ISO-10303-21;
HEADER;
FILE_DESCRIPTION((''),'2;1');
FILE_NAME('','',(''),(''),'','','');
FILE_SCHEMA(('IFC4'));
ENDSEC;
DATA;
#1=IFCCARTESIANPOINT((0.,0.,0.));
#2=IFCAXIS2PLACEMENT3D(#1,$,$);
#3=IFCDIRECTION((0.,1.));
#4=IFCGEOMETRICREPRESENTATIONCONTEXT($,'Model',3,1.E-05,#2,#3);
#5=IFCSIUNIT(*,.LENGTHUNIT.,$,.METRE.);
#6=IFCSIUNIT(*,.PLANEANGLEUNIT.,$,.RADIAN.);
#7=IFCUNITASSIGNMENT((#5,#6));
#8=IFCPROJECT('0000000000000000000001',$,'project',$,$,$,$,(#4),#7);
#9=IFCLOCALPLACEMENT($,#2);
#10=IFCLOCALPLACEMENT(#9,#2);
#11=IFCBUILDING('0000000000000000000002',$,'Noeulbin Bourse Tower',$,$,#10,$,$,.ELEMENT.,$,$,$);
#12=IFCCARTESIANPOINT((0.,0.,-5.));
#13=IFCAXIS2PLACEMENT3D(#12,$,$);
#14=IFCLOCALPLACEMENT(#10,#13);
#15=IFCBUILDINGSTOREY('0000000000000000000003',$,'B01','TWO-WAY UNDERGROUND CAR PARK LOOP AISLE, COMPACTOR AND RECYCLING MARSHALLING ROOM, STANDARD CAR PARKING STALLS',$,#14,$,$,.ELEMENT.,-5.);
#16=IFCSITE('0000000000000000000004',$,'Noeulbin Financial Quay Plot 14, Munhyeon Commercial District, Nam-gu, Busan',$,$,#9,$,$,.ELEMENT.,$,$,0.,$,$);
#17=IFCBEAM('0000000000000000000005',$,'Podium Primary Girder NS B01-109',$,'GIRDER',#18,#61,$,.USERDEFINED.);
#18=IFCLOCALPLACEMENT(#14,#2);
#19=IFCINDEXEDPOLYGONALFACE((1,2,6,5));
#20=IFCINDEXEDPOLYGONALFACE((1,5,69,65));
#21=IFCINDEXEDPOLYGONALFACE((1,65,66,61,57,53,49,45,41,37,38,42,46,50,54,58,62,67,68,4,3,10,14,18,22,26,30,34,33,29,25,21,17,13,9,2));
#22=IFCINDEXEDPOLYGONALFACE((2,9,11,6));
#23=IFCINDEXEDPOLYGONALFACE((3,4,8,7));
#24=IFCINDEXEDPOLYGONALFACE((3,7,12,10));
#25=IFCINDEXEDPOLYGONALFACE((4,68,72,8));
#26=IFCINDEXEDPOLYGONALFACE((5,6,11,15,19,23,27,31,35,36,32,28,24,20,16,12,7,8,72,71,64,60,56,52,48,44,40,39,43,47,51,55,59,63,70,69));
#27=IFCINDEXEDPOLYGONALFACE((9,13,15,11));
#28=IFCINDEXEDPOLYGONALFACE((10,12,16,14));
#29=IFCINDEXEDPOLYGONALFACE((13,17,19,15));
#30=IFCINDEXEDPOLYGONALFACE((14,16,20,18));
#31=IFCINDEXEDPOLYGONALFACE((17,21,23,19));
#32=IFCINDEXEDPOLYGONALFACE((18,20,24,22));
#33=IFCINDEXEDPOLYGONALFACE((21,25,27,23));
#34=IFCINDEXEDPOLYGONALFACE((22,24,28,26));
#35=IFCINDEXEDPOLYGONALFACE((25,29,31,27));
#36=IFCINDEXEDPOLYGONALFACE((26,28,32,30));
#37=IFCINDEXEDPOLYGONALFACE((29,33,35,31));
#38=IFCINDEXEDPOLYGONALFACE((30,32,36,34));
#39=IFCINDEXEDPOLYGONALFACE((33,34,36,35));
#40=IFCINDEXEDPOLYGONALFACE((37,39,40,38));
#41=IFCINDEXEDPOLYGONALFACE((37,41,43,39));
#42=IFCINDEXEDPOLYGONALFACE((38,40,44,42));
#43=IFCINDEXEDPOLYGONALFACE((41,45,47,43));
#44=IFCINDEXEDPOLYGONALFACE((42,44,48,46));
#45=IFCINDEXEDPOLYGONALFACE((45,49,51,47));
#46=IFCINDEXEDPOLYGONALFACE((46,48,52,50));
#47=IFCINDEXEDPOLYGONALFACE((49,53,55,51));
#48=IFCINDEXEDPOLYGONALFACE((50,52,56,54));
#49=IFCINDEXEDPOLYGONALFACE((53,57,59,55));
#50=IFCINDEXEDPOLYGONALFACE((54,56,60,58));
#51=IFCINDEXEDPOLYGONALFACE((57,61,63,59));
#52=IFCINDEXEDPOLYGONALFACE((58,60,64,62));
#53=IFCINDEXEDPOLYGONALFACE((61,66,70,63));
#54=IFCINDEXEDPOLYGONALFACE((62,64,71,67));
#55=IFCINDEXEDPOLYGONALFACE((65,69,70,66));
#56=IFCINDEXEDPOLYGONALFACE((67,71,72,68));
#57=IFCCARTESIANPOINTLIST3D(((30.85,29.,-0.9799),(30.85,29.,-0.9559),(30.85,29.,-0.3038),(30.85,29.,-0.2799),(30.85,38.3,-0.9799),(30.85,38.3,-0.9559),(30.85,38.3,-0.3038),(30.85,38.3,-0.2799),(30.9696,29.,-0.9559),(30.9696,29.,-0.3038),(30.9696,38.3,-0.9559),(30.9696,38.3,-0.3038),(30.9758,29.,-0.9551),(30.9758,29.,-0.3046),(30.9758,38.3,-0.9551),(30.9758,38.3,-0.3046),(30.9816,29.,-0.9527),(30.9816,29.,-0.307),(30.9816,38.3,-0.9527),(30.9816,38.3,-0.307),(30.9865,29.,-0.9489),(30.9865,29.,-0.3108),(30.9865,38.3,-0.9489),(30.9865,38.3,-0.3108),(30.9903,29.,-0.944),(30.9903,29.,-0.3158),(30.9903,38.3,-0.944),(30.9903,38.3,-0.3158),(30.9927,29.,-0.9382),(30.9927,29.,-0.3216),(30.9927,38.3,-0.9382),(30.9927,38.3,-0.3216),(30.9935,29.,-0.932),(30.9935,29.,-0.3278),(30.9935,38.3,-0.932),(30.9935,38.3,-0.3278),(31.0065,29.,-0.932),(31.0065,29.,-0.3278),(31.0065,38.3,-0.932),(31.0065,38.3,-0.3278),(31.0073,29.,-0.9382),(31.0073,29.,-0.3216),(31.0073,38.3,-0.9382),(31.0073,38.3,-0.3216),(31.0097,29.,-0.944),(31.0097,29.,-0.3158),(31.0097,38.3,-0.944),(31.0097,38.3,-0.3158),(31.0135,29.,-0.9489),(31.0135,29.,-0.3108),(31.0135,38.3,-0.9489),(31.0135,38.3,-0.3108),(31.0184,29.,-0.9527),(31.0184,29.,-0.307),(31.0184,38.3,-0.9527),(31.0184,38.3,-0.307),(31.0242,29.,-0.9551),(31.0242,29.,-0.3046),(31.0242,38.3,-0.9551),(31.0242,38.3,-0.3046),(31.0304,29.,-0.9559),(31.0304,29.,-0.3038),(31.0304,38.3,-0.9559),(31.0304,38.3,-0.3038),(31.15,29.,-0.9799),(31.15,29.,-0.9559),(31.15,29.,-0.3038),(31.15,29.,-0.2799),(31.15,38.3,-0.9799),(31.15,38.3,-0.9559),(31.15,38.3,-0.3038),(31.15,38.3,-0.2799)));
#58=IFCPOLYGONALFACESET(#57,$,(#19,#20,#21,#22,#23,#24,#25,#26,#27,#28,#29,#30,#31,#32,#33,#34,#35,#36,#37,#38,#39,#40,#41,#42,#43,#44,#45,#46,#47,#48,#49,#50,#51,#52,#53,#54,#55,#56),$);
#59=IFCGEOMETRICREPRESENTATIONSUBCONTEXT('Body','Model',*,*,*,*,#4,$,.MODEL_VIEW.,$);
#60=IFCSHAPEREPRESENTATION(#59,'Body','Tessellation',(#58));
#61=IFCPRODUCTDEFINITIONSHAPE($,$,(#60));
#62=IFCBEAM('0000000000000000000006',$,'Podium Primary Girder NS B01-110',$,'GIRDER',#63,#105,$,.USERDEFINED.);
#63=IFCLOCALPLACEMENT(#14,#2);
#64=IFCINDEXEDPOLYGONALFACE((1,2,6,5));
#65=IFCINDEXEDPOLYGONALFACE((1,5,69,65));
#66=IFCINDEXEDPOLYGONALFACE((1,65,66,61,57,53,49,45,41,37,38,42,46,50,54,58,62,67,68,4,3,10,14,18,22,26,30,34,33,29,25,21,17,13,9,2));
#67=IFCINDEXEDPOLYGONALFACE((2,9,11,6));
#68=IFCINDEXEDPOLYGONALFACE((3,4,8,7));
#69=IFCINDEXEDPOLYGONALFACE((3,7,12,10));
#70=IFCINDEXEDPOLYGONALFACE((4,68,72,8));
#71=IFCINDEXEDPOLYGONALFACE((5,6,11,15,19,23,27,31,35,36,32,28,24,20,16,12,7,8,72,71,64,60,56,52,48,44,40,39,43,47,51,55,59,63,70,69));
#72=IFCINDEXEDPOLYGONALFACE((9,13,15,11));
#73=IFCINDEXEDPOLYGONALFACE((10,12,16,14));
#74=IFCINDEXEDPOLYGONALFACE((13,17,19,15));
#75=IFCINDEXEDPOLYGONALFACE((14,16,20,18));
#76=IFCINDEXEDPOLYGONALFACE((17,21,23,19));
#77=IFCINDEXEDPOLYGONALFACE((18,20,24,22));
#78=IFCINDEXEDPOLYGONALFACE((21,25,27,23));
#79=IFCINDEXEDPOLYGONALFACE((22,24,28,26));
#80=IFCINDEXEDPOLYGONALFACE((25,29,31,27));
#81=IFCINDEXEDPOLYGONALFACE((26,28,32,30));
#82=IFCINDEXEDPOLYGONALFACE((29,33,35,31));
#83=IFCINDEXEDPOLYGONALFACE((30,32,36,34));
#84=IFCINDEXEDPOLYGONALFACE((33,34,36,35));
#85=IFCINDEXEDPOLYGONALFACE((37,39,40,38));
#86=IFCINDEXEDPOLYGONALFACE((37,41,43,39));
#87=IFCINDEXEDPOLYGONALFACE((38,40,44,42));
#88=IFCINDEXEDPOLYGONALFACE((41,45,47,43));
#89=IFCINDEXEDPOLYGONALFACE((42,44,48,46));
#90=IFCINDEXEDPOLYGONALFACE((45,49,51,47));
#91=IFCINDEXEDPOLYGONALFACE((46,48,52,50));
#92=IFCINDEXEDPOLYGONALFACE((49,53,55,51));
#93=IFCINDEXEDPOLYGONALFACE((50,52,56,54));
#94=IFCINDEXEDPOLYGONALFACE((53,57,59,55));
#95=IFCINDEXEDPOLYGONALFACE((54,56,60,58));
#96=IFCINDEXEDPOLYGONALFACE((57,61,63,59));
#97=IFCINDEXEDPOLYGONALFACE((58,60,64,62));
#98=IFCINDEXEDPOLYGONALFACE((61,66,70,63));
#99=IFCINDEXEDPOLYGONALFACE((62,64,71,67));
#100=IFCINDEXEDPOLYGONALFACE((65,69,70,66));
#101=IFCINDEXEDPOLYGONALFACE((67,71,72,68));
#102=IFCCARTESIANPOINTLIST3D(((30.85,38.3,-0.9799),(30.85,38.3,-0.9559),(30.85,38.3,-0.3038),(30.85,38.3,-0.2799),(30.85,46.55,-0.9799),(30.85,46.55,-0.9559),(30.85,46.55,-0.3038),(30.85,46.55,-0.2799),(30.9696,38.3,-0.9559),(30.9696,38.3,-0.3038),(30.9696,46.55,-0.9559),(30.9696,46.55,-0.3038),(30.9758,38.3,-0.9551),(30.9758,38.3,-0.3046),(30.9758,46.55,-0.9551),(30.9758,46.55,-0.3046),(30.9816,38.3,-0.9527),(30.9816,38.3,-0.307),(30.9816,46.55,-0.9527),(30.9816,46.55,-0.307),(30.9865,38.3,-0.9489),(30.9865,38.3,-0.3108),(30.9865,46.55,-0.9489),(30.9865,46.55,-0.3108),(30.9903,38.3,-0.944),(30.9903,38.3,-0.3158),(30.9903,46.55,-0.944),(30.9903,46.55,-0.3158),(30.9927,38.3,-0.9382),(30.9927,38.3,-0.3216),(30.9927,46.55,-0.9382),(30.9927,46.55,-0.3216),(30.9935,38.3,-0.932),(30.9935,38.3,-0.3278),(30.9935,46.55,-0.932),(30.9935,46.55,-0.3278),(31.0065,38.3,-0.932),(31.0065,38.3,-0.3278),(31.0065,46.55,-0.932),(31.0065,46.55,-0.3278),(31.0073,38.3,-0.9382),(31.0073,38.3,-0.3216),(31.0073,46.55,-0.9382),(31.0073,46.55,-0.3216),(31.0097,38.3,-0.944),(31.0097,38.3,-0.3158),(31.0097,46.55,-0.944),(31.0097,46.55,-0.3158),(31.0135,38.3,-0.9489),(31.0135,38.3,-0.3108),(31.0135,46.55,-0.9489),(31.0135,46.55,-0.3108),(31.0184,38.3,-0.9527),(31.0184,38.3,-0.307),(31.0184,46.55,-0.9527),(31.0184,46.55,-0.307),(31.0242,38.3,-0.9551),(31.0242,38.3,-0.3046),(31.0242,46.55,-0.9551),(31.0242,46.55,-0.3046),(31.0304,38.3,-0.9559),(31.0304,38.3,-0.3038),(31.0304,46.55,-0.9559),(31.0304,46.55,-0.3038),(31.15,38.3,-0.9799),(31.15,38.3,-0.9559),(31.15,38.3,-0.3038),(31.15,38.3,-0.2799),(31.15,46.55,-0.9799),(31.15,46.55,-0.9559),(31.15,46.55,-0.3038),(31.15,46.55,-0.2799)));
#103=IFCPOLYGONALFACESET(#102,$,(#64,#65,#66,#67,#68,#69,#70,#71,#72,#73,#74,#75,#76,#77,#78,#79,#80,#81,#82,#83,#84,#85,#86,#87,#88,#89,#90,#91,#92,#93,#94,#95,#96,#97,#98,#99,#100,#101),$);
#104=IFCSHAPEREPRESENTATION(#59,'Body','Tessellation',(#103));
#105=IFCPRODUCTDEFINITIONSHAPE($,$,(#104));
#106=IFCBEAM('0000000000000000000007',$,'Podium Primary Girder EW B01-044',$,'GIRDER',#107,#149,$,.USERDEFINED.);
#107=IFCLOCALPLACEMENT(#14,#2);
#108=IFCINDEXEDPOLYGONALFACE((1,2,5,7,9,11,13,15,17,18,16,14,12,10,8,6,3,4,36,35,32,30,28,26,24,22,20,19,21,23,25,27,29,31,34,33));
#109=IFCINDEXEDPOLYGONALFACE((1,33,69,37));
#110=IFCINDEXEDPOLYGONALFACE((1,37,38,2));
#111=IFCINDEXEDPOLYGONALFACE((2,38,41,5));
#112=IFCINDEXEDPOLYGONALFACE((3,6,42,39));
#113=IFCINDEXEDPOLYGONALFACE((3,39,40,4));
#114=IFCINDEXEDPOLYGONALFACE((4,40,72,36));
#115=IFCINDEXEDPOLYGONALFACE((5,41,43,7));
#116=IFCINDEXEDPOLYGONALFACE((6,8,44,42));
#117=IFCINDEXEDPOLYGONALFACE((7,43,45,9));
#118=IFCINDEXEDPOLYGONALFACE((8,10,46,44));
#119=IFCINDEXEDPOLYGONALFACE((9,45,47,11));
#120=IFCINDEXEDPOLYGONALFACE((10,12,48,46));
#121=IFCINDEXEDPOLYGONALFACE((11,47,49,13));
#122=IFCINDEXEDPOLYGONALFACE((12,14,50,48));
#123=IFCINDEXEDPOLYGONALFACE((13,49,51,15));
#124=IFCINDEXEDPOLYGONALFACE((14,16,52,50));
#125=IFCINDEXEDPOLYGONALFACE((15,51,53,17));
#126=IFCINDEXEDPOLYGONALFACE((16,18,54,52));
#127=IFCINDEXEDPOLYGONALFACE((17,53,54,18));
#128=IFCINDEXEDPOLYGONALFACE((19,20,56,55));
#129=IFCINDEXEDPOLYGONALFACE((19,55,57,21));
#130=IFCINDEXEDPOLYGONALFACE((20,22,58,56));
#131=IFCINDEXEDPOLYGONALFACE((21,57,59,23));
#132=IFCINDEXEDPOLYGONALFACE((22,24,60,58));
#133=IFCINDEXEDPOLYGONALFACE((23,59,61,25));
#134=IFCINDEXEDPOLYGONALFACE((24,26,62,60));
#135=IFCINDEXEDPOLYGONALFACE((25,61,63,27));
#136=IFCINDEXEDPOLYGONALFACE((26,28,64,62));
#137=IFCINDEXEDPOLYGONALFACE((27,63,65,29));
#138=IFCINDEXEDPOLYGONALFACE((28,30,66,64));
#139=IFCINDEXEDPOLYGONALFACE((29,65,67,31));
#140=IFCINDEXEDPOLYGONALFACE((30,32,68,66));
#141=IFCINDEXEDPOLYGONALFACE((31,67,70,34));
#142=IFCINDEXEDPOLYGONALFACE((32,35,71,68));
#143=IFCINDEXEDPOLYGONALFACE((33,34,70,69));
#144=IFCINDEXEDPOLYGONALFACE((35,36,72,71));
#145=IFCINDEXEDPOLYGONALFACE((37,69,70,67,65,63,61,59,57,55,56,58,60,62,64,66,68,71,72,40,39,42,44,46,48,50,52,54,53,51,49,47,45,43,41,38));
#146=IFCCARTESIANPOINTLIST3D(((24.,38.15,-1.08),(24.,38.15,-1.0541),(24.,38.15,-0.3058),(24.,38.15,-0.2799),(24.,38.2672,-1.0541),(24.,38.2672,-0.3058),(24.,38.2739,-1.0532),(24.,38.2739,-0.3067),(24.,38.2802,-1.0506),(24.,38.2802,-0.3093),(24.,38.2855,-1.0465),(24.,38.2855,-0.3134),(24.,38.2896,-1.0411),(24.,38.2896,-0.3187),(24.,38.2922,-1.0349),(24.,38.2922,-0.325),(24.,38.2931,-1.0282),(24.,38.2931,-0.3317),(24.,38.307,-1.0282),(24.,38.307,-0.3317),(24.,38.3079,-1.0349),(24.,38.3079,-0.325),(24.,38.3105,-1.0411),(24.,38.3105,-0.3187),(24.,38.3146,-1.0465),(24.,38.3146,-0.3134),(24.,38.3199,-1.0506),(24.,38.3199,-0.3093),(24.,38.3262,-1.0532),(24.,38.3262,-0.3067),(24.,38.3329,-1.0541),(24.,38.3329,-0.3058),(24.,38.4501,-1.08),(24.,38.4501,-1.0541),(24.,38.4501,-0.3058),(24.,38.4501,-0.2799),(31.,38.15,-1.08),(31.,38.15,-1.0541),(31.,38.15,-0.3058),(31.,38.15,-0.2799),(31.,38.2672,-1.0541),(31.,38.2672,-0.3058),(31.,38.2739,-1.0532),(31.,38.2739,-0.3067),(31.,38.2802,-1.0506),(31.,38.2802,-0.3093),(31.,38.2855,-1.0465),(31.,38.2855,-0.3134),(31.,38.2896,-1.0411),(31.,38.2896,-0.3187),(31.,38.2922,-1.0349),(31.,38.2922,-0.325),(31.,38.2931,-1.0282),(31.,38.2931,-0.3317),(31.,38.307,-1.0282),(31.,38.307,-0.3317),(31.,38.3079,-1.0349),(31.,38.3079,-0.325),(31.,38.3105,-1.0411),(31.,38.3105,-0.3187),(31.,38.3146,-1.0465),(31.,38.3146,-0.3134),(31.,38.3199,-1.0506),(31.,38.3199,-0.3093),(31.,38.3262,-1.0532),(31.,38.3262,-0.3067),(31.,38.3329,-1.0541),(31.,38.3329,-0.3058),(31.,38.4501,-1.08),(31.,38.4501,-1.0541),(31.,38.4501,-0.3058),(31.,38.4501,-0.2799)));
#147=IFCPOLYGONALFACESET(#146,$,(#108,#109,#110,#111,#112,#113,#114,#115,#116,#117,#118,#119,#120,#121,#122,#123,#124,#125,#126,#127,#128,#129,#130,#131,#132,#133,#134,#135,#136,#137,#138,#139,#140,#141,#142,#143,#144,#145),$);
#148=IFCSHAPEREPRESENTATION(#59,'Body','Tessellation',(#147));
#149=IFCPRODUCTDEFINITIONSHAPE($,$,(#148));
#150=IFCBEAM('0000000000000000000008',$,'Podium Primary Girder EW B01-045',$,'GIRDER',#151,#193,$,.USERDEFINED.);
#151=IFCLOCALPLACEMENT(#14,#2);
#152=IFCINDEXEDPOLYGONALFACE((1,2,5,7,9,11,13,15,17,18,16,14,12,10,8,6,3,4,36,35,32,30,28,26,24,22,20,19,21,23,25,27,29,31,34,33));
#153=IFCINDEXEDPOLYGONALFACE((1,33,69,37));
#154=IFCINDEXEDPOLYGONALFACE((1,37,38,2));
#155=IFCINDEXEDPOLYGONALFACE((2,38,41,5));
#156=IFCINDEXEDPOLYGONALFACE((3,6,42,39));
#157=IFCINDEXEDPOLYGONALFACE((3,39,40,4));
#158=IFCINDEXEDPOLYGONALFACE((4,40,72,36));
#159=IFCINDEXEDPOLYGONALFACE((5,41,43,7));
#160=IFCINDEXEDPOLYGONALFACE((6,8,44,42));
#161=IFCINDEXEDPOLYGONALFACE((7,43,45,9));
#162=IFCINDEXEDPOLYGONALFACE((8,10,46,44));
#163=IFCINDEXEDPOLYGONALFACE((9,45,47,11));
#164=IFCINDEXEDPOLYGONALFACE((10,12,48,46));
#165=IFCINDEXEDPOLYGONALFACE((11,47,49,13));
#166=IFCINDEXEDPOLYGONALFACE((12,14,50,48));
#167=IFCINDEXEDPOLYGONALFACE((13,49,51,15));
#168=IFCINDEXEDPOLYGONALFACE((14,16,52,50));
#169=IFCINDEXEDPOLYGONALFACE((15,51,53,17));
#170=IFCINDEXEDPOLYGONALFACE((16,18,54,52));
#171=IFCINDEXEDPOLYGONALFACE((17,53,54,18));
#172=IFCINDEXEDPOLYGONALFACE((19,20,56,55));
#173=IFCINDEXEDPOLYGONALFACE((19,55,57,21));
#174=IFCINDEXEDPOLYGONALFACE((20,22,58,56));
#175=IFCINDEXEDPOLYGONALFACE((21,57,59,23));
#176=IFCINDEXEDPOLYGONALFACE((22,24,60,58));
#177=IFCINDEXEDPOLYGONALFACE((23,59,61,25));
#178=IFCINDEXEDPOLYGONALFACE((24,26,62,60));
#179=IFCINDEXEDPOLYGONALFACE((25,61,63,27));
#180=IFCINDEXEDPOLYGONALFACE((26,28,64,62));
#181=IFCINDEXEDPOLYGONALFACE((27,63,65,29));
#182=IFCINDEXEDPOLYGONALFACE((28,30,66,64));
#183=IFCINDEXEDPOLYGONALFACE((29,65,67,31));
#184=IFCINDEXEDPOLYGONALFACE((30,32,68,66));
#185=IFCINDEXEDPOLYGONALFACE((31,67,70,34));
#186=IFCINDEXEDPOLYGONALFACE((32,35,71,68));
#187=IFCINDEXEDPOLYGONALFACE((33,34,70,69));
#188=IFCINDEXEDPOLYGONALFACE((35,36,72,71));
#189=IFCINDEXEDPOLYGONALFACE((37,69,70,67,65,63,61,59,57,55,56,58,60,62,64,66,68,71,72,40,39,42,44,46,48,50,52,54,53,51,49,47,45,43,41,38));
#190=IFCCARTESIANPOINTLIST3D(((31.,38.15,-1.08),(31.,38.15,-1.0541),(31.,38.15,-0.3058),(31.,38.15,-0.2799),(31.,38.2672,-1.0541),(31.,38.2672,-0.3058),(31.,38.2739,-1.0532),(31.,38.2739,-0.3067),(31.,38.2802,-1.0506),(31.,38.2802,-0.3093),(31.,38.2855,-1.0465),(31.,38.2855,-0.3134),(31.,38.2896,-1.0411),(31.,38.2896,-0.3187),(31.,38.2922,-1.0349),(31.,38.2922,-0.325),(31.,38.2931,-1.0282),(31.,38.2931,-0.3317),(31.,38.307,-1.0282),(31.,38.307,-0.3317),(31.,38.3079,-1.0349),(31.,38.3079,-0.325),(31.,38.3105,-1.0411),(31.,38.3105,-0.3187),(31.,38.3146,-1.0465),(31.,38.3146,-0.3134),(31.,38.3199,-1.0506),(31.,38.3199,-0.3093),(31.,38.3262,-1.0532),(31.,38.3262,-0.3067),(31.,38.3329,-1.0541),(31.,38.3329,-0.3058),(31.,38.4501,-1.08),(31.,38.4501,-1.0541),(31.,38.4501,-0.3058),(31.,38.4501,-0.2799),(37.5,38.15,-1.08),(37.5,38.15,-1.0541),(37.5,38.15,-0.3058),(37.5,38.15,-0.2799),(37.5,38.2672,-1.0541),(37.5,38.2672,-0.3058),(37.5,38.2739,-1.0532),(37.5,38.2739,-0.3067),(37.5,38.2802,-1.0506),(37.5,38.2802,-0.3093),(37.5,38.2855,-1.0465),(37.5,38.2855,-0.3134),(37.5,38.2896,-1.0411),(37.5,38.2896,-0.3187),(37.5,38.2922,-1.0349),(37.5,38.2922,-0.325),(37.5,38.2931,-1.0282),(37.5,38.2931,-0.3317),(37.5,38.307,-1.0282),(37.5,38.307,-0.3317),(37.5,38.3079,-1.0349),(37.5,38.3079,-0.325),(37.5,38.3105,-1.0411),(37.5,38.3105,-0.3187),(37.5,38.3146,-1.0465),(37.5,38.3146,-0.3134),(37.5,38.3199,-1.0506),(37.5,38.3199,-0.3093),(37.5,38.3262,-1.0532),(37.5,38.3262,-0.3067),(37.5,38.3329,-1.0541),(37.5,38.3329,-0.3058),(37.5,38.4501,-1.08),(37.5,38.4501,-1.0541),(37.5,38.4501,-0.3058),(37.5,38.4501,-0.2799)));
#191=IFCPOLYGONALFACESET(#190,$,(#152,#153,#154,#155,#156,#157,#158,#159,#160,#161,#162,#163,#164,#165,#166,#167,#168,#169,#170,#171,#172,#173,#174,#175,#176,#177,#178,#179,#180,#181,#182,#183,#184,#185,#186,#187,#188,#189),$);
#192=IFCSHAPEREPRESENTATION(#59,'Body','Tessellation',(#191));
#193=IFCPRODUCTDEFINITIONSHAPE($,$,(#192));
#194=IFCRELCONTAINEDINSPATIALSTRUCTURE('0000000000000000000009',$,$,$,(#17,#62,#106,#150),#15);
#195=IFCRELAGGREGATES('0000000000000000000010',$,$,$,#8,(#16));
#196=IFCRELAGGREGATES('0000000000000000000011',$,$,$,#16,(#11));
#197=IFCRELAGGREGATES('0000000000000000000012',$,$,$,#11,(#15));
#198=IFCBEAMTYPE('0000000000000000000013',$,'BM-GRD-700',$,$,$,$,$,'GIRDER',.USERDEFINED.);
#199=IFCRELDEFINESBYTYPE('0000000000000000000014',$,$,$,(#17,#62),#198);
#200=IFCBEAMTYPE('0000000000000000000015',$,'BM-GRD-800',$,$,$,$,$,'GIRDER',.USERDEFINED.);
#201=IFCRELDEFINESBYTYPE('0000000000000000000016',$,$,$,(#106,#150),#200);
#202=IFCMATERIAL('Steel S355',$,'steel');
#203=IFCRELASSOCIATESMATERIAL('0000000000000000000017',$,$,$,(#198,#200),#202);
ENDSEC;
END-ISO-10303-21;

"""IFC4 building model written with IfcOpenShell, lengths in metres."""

from ifc_helpers import new_model, si_unit, direction, frame, origin, origin_2d, place, context, subcontext, project, spatial, i_section, extrude, material, material_profile, profile_set, type_object, element, save


model = new_model("IFC4")

# Units and contexts
model_context = context("Model", 3, precision=1e-05, world=origin(), true_north=direction((0.0, 1.0)))
body_context = subcontext(model_context, "Body", "Model", "MODEL_VIEW")
ifc_project = project(units=[si_unit("LENGTHUNIT", "METRE"), si_unit("PLANEANGLEUNIT", "RADIAN")], contexts=[model_context])

# Site, building, storey
site_placement = place(None, origin())
site = spatial("IfcSite", under=ifc_project, at=site_placement, Name="Noeulbin Financial Quay Plot 14, Munhyeon Commercial District, Nam-gu, Busan", CompositionType="ELEMENT", RefElevation=0.0)
building_placement = place(site_placement, origin())
building = spatial("IfcBuilding", under=site, at=building_placement, Name="Noeulbin Bourse Tower", CompositionType="ELEMENT")
storey_placement = place(building_placement, frame((0.0, 0.0, -5.0)))
storey = spatial("IfcBuildingStorey", under=building, at=storey_placement, Name="B01", Description="TWO-WAY UNDERGROUND CAR PARK LOOP AISLE, COMPACTOR AND RECYCLING MARSHALLING ROOM, STANDARD CAR PARKING STALLS", CompositionType="ELEMENT", Elevation=-5.0)

# Beams
ifc_material_1 = material(Name="Steel S355", Category="steel")
ifc_material_profile_1 = material_profile(ifc_material_1, i_section(OverallWidth=0.3, OverallDepth=0.7, WebThickness=0.0129, FlangeThickness=0.0239, FilletRadius=0.0239, at=origin_2d()), Name="H-700x300x13x24", Category="LoadBearing")
ifc_profile_set_1 = profile_set([ifc_material_profile_1], Name="Steel S355")
beam_type_1 = type_object("IfcBeamType", Name="BM-GRD-700", ElementType="GIRDER", PredefinedType="USERDEFINED", material=ifc_profile_set_1)
beam_1_placement = place(storey_placement, frame((31.0, 29.0, -0.6299), z_axis=(0.0, 1.0, 0.0), x_axis=(-1.0, 0.0, 0.0)))
element("IfcBeam", 1, at=beam_1_placement, inside=storey, type_object=beam_type_1, Name="Podium Primary Girder NS B01-109", ObjectType="GIRDER", PredefinedType="USERDEFINED", context=body_context, shape_type="SweptSolid", body=[
    extrude(i_section(OverallWidth=0.3, OverallDepth=0.7, WebThickness=0.0129, FlangeThickness=0.0239, FilletRadius=0.0239, at=origin_2d()), origin(), (0.0, 0.0, 1.0), 9.3),
])
beam_2_placement = place(storey_placement, frame((31.0, 38.3, -0.6299), z_axis=(0.0, 1.0, 0.0), x_axis=(-1.0, 0.0, 0.0)))
element("IfcBeam", 2, at=beam_2_placement, inside=storey, type_object=beam_type_1, Name="Podium Primary Girder NS B01-110", ObjectType="GIRDER", PredefinedType="USERDEFINED", context=body_context, shape_type="SweptSolid", body=[
    extrude(i_section(OverallWidth=0.3, OverallDepth=0.7, WebThickness=0.0129, FlangeThickness=0.0239, FilletRadius=0.0239, at=origin_2d()), origin(), (0.0, 0.0, 1.0), 8.25),
])
ifc_material_profile_2 = material_profile(ifc_material_1, i_section(OverallWidth=0.3, OverallDepth=0.8, WebThickness=0.0139, FlangeThickness=0.0259, FilletRadius=0.0259, at=origin_2d()), Name="H-800x300x14x26", Category="LoadBearing")
ifc_profile_set_2 = profile_set([ifc_material_profile_2], Name="Steel S355")
beam_type_2 = type_object("IfcBeamType", Name="BM-GRD-800", ElementType="GIRDER", PredefinedType="USERDEFINED", material=ifc_profile_set_2)
beam_3_placement = place(storey_placement, frame((24.0, 38.3, -0.6799), z_axis=(1.0, 0.0, 0.0), x_axis=(0.0, 1.0, 0.0)))
element("IfcBeam", 3, at=beam_3_placement, inside=storey, type_object=beam_type_2, Name="Podium Primary Girder EW B01-044", ObjectType="GIRDER", PredefinedType="USERDEFINED", context=body_context, shape_type="SweptSolid", body=[
    extrude(i_section(OverallWidth=0.3, OverallDepth=0.8, WebThickness=0.0139, FlangeThickness=0.0259, FilletRadius=0.0259, at=origin_2d()), origin(), (0.0, 0.0, 1.0), 7.0),
])
beam_4_placement = place(storey_placement, frame((31.0, 38.3, -0.6799), z_axis=(1.0, 0.0, 0.0), x_axis=(0.0, 1.0, 0.0)))
element("IfcBeam", 4, at=beam_4_placement, inside=storey, type_object=beam_type_2, Name="Podium Primary Girder EW B01-045", ObjectType="GIRDER", PredefinedType="USERDEFINED", context=body_context, shape_type="SweptSolid", body=[
    extrude(i_section(OverallWidth=0.3, OverallDepth=0.8, WebThickness=0.0139, FlangeThickness=0.0259, FilletRadius=0.0259, at=origin_2d()), origin(), (0.0, 0.0, 1.0), 6.5),
])

save(model, "model.ifc")
